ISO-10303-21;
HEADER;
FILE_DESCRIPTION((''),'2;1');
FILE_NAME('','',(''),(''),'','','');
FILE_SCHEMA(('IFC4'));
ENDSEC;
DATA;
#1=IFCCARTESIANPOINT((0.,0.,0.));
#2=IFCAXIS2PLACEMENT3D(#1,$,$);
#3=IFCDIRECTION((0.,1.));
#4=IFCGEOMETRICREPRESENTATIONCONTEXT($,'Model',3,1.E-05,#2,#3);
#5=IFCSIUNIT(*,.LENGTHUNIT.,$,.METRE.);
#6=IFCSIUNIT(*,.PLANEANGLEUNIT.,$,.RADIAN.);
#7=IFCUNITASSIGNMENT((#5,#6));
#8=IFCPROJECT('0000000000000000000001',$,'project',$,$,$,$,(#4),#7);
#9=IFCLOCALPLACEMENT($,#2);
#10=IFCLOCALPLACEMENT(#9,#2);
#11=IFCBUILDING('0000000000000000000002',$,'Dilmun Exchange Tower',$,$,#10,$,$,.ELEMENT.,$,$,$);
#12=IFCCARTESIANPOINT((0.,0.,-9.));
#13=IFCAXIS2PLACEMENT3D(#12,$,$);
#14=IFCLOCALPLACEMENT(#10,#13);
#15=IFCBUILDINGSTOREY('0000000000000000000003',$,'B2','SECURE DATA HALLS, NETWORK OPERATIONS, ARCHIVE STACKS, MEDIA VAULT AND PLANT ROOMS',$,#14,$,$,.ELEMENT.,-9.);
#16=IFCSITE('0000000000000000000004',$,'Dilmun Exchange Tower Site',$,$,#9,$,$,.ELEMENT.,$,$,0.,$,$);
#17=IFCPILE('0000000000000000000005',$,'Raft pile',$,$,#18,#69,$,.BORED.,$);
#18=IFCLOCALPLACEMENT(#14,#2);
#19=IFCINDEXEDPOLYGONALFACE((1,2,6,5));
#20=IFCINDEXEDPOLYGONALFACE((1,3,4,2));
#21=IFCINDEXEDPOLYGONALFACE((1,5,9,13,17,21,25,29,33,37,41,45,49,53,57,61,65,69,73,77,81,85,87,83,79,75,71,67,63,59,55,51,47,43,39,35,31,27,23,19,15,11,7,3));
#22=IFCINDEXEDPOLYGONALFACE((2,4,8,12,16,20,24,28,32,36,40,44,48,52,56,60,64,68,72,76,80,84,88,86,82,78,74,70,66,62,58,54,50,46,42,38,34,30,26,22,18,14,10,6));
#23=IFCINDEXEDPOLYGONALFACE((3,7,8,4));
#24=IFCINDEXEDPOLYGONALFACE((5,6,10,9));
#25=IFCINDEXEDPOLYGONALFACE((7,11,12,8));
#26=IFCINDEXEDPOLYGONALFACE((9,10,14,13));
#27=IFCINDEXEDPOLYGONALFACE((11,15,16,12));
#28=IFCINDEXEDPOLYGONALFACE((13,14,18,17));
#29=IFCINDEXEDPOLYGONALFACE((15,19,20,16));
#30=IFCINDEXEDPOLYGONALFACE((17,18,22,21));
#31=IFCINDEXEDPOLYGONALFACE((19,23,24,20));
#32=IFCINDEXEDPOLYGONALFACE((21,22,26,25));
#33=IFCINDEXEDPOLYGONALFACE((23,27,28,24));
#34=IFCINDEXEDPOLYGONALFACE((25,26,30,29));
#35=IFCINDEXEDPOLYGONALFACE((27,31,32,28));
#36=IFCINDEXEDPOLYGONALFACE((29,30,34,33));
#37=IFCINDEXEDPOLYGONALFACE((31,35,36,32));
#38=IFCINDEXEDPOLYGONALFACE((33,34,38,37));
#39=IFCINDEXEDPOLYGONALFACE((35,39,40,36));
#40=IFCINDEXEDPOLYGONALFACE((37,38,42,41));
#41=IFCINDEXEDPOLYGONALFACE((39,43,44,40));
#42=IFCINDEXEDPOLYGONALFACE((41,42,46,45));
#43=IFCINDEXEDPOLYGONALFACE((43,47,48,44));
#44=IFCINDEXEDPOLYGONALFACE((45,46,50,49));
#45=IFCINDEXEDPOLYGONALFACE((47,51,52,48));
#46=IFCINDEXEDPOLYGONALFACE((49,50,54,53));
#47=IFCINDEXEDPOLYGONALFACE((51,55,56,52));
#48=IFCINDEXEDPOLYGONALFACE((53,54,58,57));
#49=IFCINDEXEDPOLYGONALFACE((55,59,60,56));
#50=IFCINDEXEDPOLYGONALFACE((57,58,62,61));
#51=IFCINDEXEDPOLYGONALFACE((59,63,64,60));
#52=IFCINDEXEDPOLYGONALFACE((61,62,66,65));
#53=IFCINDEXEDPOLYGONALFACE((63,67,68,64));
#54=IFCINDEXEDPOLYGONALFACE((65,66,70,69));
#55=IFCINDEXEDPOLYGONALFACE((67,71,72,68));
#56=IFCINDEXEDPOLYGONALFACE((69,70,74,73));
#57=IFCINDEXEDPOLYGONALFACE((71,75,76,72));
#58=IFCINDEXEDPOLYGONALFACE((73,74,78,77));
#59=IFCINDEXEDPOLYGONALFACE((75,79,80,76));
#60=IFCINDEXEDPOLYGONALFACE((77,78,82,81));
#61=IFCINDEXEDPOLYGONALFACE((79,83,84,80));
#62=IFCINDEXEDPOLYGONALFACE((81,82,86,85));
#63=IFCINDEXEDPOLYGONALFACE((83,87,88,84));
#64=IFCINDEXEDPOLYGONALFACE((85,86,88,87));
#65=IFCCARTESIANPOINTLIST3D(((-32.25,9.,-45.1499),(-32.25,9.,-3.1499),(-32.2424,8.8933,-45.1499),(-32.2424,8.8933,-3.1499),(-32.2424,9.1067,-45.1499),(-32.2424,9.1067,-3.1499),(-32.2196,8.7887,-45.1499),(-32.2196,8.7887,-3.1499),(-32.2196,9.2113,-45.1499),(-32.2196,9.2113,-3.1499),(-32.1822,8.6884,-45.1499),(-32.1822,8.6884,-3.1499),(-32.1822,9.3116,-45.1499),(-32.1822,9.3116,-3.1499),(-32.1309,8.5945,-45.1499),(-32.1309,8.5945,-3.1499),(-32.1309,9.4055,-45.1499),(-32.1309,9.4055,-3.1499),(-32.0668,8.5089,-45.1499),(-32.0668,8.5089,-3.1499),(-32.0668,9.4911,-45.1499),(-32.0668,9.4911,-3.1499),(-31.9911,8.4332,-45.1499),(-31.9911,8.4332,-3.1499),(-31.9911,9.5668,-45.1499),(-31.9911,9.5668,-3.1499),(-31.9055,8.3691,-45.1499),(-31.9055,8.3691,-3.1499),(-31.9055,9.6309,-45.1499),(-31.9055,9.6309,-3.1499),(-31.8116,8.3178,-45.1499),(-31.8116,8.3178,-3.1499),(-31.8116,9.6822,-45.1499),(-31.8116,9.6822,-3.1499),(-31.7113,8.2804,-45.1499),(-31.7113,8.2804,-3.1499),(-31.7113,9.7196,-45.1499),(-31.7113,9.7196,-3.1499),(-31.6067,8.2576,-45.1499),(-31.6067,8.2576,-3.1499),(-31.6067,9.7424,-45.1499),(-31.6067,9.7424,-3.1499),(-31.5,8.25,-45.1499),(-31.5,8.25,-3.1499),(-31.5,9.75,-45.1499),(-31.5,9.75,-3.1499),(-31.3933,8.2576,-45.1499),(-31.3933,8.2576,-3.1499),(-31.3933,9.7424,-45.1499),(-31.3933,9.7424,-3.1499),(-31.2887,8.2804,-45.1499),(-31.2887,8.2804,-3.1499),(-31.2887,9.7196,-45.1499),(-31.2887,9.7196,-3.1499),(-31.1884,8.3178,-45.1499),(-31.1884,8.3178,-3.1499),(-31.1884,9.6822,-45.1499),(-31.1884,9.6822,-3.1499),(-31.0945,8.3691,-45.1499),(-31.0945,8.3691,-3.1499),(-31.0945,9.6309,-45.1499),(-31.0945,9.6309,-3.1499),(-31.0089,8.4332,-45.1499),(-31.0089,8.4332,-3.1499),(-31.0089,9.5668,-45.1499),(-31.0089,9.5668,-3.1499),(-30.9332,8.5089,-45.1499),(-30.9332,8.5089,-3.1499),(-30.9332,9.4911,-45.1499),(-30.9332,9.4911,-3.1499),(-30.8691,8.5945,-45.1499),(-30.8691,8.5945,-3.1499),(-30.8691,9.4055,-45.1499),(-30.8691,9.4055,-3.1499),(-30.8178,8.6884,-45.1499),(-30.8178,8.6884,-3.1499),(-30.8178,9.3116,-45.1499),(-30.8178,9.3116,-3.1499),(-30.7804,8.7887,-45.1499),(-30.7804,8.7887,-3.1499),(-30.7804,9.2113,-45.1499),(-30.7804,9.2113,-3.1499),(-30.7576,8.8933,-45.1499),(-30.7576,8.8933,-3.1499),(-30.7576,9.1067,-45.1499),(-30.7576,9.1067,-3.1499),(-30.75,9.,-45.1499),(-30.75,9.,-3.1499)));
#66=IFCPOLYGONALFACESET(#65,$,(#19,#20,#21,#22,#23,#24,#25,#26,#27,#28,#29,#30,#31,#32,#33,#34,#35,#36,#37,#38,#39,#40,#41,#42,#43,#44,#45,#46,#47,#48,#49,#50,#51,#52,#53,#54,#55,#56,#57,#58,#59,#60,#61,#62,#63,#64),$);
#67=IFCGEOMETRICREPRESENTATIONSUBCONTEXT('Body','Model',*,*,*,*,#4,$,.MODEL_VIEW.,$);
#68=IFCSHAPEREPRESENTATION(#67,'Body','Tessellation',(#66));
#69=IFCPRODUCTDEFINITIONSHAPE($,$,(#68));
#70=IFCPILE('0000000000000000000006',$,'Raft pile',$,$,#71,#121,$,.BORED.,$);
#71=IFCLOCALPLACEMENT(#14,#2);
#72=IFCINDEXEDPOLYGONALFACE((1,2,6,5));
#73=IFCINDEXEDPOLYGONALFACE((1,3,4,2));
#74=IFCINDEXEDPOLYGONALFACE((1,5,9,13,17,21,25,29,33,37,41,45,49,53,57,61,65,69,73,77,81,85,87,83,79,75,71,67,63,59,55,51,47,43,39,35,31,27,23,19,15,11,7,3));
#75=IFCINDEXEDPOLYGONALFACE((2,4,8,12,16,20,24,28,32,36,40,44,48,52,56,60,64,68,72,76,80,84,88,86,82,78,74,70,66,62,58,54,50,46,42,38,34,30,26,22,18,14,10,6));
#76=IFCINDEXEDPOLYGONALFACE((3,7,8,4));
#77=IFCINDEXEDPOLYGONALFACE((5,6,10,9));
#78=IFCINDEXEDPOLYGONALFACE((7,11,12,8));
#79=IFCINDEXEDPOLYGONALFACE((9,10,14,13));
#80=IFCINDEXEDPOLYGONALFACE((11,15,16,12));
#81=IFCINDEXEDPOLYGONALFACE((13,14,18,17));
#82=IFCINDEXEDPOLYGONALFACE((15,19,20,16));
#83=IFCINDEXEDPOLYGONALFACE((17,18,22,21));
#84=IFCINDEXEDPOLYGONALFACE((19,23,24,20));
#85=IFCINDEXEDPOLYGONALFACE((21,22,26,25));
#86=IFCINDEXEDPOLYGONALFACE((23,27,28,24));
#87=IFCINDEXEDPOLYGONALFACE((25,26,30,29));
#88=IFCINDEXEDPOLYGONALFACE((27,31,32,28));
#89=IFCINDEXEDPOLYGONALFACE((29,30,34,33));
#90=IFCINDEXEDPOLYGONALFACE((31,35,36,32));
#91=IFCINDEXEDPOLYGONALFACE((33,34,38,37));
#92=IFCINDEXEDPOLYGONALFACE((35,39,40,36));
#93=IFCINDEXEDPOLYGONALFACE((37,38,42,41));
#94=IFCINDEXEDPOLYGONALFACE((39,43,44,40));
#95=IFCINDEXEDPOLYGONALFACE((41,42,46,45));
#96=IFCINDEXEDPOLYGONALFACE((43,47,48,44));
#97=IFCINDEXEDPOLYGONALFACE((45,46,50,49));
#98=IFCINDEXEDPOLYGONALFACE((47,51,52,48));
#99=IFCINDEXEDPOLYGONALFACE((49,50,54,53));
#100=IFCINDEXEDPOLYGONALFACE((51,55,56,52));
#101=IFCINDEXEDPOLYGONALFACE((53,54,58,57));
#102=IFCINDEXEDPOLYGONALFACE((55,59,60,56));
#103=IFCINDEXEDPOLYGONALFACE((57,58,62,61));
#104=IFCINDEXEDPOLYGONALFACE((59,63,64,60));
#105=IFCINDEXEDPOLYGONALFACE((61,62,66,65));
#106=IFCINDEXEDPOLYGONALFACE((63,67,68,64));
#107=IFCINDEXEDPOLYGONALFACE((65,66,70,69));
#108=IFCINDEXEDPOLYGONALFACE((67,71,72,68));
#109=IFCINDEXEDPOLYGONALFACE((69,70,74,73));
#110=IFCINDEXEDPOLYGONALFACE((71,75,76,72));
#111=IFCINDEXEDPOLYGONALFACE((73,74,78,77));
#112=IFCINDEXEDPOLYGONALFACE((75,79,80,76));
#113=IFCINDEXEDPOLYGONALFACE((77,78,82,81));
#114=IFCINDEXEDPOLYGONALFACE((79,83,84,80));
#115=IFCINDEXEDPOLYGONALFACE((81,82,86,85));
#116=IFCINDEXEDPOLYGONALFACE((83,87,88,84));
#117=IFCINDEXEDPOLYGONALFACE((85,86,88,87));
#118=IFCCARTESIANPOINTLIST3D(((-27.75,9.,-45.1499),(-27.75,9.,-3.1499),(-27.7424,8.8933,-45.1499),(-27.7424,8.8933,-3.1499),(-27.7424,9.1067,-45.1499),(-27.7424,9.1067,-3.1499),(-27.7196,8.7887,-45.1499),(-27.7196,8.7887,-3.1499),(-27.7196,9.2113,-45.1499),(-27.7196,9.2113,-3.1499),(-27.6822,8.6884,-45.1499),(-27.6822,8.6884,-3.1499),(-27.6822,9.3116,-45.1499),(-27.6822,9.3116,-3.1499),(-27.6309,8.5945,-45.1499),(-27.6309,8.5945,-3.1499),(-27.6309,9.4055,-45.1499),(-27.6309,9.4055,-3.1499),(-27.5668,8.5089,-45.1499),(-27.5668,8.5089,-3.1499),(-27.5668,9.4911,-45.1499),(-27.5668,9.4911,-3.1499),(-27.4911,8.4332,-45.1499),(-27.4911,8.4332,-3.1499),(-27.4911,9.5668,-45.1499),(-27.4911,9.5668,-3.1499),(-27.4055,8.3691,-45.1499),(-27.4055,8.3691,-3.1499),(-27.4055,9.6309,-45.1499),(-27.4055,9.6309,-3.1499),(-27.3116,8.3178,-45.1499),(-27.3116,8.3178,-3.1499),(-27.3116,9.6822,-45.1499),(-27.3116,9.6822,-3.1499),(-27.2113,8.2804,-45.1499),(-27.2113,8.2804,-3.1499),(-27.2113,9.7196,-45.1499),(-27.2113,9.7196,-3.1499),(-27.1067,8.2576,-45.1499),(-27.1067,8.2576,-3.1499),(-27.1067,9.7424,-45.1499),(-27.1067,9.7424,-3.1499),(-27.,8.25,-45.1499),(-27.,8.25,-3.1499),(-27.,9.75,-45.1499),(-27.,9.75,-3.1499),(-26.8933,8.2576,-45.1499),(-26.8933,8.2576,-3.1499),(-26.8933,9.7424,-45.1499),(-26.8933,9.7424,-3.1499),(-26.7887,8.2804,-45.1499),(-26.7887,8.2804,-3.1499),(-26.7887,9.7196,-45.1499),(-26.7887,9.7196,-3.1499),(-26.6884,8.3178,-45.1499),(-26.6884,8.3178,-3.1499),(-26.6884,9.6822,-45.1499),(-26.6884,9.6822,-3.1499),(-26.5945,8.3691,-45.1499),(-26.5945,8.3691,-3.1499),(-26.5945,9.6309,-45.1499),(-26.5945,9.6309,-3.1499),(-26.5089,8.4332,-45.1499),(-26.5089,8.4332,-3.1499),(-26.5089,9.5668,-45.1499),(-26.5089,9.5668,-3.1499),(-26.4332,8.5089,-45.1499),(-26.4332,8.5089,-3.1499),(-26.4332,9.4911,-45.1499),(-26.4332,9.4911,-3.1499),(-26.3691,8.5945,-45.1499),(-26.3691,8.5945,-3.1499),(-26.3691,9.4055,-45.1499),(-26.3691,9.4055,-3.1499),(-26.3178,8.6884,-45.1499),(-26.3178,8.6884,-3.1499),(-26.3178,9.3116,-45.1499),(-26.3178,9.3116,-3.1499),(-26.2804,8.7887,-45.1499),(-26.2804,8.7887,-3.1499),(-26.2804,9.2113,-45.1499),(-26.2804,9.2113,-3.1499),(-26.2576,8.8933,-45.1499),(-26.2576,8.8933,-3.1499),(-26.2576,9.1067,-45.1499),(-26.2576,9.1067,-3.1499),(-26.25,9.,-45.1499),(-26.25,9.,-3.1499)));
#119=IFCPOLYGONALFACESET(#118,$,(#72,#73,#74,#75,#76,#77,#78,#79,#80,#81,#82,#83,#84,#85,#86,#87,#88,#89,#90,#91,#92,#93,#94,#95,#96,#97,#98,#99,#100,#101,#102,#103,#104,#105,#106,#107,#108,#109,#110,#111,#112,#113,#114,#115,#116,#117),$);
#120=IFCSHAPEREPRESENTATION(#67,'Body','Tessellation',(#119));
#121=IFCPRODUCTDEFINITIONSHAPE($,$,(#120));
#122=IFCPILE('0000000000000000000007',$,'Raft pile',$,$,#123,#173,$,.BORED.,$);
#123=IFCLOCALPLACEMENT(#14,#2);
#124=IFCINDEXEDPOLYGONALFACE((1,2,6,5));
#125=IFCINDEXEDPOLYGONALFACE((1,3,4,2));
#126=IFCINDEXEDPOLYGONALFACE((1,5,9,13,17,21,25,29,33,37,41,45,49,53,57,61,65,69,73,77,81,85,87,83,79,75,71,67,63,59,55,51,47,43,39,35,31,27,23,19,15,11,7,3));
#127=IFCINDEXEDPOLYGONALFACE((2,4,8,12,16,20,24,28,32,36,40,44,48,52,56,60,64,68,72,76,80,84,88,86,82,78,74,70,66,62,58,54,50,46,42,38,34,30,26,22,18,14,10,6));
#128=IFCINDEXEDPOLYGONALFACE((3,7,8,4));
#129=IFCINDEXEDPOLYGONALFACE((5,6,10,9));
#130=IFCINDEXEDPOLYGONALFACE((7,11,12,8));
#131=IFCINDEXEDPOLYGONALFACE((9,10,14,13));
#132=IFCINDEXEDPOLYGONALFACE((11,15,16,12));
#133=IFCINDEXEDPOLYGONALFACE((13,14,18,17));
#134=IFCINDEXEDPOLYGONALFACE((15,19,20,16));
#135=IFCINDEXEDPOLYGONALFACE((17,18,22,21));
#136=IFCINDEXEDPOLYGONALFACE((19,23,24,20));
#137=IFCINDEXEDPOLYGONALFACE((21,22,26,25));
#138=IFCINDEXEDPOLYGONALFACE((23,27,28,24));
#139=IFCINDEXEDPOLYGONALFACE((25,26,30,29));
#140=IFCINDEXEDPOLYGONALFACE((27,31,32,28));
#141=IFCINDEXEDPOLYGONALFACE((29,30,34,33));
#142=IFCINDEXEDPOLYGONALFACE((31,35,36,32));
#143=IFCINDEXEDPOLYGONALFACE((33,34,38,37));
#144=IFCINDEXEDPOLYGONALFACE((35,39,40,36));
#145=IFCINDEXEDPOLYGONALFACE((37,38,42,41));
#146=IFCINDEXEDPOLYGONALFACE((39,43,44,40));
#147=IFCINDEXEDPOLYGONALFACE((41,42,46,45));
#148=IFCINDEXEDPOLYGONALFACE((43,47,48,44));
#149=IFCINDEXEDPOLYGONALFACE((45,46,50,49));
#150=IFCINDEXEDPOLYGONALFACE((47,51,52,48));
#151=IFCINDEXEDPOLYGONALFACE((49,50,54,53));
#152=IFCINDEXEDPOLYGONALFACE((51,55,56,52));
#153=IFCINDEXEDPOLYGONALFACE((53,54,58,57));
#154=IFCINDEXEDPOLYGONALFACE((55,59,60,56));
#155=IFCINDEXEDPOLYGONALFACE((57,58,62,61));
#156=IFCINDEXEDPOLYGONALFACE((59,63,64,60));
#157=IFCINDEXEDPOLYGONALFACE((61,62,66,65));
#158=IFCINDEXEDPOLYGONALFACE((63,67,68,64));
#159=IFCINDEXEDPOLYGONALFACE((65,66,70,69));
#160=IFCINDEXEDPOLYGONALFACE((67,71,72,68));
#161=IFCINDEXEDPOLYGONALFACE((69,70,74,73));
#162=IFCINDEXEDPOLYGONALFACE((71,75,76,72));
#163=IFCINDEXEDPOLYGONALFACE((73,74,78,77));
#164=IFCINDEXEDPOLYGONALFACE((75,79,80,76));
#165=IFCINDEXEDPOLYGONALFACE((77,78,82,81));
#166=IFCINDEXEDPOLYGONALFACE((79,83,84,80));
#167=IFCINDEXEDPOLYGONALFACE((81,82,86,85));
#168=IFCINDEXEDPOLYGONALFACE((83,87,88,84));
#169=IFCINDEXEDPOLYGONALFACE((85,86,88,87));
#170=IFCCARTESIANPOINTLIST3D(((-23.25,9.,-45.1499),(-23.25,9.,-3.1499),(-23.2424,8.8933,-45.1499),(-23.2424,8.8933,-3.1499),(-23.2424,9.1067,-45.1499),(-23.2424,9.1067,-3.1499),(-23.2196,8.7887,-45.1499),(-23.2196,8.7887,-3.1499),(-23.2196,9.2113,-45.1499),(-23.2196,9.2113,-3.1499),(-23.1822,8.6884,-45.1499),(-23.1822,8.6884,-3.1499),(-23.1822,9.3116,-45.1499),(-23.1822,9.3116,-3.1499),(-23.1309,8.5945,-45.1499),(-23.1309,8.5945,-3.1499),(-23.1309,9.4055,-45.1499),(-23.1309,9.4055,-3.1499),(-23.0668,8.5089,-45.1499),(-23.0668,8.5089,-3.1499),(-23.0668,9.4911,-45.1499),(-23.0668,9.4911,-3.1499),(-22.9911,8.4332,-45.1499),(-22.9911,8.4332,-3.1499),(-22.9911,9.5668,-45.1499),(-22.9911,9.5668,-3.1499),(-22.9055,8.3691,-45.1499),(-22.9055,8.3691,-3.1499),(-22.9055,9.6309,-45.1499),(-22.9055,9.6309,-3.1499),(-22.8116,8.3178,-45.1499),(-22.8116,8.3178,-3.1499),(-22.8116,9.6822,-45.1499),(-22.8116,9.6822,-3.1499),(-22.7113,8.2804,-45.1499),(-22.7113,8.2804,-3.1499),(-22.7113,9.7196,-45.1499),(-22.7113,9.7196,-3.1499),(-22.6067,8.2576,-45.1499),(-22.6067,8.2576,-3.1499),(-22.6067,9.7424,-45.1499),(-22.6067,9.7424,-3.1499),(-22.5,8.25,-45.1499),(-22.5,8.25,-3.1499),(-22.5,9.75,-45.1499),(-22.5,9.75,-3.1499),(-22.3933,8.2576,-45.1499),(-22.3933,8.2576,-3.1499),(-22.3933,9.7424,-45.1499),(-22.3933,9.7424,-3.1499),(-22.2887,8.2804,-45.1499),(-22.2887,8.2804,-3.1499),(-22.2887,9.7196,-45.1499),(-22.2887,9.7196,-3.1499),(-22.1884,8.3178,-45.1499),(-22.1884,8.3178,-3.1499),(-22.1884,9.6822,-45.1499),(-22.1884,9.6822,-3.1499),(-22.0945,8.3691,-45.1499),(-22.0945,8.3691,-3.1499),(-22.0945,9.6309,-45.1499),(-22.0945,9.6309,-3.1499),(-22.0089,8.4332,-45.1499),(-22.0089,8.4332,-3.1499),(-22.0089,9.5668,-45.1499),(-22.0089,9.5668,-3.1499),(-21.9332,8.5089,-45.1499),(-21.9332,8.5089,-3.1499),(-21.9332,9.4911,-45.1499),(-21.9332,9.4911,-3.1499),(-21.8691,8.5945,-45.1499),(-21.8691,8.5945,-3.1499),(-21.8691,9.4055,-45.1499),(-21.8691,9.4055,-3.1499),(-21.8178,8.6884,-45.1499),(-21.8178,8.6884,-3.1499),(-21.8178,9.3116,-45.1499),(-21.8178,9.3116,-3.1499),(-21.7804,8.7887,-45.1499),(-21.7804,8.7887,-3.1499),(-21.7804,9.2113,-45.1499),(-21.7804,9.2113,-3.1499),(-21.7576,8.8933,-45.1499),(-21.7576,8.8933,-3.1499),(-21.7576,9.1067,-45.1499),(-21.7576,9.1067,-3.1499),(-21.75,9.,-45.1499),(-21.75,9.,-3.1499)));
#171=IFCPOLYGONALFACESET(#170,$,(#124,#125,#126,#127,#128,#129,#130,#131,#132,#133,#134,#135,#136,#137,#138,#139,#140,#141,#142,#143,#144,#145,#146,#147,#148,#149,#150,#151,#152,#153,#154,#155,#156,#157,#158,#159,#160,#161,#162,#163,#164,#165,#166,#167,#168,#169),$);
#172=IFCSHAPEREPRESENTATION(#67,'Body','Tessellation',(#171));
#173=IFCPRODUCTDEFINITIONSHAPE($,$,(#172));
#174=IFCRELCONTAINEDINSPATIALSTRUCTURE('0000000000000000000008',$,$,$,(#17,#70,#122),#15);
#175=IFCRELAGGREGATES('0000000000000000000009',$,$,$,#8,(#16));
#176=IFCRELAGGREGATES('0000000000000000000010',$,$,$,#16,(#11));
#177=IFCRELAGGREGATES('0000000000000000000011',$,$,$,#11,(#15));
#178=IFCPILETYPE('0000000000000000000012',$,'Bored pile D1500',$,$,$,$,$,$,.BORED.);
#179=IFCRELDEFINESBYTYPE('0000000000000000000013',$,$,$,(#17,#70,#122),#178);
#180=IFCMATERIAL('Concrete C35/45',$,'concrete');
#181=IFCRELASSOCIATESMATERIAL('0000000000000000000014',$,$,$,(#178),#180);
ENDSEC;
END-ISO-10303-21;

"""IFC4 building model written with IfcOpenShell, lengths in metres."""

from ifc_helpers import new_model, si_unit, direction, frame, origin, origin_2d, place, context, subcontext, project, spatial, circle, extrude, material, material_profile, profile_set, type_object, element, save


model = new_model("IFC4")

# Units and contexts
model_context = context("Model", 3, precision=1e-05, world=origin(), true_north=direction((0.0, 1.0)))
body_context = subcontext(model_context, "Body", "Model", "MODEL_VIEW")
ifc_project = project(units=[si_unit("LENGTHUNIT", "METRE"), si_unit("PLANEANGLEUNIT", "RADIAN")], contexts=[model_context])

# Site, building, storey
site_placement = place(None, origin())
site = spatial("IfcSite", under=ifc_project, at=site_placement, Name="Dilmun Exchange Tower Site", CompositionType="ELEMENT", RefElevation=0.0)
building_placement = place(site_placement, origin())
building = spatial("IfcBuilding", under=site, at=building_placement, Name="Dilmun Exchange Tower", CompositionType="ELEMENT")
storey_placement = place(building_placement, frame((0.0, 0.0, -9.0)))
storey = spatial("IfcBuildingStorey", under=building, at=storey_placement, Name="B2", Description="SECURE DATA HALLS, NETWORK OPERATIONS, ARCHIVE STACKS, MEDIA VAULT AND PLANT ROOMS", CompositionType="ELEMENT", Elevation=-9.0)

# Piles
ifc_material_1 = material(Name="Concrete C35/45", Category="concrete")
ifc_material_profile_1 = material_profile(ifc_material_1, circle(Radius=0.75, at=origin_2d()), Name="D1500")
ifc_profile_set_1 = profile_set([ifc_material_profile_1], Name="Concrete C35/45")
pile_type = type_object("IfcPileType", Name="Bored pile D1500", PredefinedType="BORED", material=ifc_profile_set_1)
for number, where, z_axis, x_axis, name in (
    (1, (-31.5, 9.0, -3.1499), (0.0, 0.0, -1.0), (1.0, 0.0, 0.0), "Raft pile"),
    (2, (-27.0, 9.0, -3.1499), (0.0, 0.0, -1.0), (1.0, 0.0, 0.0), "Raft pile"),
    (3, (-22.5, 9.0, -3.1499), (0.0, 0.0, -1.0), (1.0, 0.0, 0.0), "Raft pile"),
):
    element("IfcPile", number, at=place(storey_placement, frame(where, z_axis=z_axis, x_axis=x_axis)), inside=storey, type_object=pile_type, Name=name, PredefinedType="BORED", context=body_context, shape_type="SweptSolid", body=[
        extrude(circle(Radius=0.75, at=origin_2d()), origin(), (0.0, 0.0, 1.0), 42.0),
    ])

save(model, "model.ifc")
